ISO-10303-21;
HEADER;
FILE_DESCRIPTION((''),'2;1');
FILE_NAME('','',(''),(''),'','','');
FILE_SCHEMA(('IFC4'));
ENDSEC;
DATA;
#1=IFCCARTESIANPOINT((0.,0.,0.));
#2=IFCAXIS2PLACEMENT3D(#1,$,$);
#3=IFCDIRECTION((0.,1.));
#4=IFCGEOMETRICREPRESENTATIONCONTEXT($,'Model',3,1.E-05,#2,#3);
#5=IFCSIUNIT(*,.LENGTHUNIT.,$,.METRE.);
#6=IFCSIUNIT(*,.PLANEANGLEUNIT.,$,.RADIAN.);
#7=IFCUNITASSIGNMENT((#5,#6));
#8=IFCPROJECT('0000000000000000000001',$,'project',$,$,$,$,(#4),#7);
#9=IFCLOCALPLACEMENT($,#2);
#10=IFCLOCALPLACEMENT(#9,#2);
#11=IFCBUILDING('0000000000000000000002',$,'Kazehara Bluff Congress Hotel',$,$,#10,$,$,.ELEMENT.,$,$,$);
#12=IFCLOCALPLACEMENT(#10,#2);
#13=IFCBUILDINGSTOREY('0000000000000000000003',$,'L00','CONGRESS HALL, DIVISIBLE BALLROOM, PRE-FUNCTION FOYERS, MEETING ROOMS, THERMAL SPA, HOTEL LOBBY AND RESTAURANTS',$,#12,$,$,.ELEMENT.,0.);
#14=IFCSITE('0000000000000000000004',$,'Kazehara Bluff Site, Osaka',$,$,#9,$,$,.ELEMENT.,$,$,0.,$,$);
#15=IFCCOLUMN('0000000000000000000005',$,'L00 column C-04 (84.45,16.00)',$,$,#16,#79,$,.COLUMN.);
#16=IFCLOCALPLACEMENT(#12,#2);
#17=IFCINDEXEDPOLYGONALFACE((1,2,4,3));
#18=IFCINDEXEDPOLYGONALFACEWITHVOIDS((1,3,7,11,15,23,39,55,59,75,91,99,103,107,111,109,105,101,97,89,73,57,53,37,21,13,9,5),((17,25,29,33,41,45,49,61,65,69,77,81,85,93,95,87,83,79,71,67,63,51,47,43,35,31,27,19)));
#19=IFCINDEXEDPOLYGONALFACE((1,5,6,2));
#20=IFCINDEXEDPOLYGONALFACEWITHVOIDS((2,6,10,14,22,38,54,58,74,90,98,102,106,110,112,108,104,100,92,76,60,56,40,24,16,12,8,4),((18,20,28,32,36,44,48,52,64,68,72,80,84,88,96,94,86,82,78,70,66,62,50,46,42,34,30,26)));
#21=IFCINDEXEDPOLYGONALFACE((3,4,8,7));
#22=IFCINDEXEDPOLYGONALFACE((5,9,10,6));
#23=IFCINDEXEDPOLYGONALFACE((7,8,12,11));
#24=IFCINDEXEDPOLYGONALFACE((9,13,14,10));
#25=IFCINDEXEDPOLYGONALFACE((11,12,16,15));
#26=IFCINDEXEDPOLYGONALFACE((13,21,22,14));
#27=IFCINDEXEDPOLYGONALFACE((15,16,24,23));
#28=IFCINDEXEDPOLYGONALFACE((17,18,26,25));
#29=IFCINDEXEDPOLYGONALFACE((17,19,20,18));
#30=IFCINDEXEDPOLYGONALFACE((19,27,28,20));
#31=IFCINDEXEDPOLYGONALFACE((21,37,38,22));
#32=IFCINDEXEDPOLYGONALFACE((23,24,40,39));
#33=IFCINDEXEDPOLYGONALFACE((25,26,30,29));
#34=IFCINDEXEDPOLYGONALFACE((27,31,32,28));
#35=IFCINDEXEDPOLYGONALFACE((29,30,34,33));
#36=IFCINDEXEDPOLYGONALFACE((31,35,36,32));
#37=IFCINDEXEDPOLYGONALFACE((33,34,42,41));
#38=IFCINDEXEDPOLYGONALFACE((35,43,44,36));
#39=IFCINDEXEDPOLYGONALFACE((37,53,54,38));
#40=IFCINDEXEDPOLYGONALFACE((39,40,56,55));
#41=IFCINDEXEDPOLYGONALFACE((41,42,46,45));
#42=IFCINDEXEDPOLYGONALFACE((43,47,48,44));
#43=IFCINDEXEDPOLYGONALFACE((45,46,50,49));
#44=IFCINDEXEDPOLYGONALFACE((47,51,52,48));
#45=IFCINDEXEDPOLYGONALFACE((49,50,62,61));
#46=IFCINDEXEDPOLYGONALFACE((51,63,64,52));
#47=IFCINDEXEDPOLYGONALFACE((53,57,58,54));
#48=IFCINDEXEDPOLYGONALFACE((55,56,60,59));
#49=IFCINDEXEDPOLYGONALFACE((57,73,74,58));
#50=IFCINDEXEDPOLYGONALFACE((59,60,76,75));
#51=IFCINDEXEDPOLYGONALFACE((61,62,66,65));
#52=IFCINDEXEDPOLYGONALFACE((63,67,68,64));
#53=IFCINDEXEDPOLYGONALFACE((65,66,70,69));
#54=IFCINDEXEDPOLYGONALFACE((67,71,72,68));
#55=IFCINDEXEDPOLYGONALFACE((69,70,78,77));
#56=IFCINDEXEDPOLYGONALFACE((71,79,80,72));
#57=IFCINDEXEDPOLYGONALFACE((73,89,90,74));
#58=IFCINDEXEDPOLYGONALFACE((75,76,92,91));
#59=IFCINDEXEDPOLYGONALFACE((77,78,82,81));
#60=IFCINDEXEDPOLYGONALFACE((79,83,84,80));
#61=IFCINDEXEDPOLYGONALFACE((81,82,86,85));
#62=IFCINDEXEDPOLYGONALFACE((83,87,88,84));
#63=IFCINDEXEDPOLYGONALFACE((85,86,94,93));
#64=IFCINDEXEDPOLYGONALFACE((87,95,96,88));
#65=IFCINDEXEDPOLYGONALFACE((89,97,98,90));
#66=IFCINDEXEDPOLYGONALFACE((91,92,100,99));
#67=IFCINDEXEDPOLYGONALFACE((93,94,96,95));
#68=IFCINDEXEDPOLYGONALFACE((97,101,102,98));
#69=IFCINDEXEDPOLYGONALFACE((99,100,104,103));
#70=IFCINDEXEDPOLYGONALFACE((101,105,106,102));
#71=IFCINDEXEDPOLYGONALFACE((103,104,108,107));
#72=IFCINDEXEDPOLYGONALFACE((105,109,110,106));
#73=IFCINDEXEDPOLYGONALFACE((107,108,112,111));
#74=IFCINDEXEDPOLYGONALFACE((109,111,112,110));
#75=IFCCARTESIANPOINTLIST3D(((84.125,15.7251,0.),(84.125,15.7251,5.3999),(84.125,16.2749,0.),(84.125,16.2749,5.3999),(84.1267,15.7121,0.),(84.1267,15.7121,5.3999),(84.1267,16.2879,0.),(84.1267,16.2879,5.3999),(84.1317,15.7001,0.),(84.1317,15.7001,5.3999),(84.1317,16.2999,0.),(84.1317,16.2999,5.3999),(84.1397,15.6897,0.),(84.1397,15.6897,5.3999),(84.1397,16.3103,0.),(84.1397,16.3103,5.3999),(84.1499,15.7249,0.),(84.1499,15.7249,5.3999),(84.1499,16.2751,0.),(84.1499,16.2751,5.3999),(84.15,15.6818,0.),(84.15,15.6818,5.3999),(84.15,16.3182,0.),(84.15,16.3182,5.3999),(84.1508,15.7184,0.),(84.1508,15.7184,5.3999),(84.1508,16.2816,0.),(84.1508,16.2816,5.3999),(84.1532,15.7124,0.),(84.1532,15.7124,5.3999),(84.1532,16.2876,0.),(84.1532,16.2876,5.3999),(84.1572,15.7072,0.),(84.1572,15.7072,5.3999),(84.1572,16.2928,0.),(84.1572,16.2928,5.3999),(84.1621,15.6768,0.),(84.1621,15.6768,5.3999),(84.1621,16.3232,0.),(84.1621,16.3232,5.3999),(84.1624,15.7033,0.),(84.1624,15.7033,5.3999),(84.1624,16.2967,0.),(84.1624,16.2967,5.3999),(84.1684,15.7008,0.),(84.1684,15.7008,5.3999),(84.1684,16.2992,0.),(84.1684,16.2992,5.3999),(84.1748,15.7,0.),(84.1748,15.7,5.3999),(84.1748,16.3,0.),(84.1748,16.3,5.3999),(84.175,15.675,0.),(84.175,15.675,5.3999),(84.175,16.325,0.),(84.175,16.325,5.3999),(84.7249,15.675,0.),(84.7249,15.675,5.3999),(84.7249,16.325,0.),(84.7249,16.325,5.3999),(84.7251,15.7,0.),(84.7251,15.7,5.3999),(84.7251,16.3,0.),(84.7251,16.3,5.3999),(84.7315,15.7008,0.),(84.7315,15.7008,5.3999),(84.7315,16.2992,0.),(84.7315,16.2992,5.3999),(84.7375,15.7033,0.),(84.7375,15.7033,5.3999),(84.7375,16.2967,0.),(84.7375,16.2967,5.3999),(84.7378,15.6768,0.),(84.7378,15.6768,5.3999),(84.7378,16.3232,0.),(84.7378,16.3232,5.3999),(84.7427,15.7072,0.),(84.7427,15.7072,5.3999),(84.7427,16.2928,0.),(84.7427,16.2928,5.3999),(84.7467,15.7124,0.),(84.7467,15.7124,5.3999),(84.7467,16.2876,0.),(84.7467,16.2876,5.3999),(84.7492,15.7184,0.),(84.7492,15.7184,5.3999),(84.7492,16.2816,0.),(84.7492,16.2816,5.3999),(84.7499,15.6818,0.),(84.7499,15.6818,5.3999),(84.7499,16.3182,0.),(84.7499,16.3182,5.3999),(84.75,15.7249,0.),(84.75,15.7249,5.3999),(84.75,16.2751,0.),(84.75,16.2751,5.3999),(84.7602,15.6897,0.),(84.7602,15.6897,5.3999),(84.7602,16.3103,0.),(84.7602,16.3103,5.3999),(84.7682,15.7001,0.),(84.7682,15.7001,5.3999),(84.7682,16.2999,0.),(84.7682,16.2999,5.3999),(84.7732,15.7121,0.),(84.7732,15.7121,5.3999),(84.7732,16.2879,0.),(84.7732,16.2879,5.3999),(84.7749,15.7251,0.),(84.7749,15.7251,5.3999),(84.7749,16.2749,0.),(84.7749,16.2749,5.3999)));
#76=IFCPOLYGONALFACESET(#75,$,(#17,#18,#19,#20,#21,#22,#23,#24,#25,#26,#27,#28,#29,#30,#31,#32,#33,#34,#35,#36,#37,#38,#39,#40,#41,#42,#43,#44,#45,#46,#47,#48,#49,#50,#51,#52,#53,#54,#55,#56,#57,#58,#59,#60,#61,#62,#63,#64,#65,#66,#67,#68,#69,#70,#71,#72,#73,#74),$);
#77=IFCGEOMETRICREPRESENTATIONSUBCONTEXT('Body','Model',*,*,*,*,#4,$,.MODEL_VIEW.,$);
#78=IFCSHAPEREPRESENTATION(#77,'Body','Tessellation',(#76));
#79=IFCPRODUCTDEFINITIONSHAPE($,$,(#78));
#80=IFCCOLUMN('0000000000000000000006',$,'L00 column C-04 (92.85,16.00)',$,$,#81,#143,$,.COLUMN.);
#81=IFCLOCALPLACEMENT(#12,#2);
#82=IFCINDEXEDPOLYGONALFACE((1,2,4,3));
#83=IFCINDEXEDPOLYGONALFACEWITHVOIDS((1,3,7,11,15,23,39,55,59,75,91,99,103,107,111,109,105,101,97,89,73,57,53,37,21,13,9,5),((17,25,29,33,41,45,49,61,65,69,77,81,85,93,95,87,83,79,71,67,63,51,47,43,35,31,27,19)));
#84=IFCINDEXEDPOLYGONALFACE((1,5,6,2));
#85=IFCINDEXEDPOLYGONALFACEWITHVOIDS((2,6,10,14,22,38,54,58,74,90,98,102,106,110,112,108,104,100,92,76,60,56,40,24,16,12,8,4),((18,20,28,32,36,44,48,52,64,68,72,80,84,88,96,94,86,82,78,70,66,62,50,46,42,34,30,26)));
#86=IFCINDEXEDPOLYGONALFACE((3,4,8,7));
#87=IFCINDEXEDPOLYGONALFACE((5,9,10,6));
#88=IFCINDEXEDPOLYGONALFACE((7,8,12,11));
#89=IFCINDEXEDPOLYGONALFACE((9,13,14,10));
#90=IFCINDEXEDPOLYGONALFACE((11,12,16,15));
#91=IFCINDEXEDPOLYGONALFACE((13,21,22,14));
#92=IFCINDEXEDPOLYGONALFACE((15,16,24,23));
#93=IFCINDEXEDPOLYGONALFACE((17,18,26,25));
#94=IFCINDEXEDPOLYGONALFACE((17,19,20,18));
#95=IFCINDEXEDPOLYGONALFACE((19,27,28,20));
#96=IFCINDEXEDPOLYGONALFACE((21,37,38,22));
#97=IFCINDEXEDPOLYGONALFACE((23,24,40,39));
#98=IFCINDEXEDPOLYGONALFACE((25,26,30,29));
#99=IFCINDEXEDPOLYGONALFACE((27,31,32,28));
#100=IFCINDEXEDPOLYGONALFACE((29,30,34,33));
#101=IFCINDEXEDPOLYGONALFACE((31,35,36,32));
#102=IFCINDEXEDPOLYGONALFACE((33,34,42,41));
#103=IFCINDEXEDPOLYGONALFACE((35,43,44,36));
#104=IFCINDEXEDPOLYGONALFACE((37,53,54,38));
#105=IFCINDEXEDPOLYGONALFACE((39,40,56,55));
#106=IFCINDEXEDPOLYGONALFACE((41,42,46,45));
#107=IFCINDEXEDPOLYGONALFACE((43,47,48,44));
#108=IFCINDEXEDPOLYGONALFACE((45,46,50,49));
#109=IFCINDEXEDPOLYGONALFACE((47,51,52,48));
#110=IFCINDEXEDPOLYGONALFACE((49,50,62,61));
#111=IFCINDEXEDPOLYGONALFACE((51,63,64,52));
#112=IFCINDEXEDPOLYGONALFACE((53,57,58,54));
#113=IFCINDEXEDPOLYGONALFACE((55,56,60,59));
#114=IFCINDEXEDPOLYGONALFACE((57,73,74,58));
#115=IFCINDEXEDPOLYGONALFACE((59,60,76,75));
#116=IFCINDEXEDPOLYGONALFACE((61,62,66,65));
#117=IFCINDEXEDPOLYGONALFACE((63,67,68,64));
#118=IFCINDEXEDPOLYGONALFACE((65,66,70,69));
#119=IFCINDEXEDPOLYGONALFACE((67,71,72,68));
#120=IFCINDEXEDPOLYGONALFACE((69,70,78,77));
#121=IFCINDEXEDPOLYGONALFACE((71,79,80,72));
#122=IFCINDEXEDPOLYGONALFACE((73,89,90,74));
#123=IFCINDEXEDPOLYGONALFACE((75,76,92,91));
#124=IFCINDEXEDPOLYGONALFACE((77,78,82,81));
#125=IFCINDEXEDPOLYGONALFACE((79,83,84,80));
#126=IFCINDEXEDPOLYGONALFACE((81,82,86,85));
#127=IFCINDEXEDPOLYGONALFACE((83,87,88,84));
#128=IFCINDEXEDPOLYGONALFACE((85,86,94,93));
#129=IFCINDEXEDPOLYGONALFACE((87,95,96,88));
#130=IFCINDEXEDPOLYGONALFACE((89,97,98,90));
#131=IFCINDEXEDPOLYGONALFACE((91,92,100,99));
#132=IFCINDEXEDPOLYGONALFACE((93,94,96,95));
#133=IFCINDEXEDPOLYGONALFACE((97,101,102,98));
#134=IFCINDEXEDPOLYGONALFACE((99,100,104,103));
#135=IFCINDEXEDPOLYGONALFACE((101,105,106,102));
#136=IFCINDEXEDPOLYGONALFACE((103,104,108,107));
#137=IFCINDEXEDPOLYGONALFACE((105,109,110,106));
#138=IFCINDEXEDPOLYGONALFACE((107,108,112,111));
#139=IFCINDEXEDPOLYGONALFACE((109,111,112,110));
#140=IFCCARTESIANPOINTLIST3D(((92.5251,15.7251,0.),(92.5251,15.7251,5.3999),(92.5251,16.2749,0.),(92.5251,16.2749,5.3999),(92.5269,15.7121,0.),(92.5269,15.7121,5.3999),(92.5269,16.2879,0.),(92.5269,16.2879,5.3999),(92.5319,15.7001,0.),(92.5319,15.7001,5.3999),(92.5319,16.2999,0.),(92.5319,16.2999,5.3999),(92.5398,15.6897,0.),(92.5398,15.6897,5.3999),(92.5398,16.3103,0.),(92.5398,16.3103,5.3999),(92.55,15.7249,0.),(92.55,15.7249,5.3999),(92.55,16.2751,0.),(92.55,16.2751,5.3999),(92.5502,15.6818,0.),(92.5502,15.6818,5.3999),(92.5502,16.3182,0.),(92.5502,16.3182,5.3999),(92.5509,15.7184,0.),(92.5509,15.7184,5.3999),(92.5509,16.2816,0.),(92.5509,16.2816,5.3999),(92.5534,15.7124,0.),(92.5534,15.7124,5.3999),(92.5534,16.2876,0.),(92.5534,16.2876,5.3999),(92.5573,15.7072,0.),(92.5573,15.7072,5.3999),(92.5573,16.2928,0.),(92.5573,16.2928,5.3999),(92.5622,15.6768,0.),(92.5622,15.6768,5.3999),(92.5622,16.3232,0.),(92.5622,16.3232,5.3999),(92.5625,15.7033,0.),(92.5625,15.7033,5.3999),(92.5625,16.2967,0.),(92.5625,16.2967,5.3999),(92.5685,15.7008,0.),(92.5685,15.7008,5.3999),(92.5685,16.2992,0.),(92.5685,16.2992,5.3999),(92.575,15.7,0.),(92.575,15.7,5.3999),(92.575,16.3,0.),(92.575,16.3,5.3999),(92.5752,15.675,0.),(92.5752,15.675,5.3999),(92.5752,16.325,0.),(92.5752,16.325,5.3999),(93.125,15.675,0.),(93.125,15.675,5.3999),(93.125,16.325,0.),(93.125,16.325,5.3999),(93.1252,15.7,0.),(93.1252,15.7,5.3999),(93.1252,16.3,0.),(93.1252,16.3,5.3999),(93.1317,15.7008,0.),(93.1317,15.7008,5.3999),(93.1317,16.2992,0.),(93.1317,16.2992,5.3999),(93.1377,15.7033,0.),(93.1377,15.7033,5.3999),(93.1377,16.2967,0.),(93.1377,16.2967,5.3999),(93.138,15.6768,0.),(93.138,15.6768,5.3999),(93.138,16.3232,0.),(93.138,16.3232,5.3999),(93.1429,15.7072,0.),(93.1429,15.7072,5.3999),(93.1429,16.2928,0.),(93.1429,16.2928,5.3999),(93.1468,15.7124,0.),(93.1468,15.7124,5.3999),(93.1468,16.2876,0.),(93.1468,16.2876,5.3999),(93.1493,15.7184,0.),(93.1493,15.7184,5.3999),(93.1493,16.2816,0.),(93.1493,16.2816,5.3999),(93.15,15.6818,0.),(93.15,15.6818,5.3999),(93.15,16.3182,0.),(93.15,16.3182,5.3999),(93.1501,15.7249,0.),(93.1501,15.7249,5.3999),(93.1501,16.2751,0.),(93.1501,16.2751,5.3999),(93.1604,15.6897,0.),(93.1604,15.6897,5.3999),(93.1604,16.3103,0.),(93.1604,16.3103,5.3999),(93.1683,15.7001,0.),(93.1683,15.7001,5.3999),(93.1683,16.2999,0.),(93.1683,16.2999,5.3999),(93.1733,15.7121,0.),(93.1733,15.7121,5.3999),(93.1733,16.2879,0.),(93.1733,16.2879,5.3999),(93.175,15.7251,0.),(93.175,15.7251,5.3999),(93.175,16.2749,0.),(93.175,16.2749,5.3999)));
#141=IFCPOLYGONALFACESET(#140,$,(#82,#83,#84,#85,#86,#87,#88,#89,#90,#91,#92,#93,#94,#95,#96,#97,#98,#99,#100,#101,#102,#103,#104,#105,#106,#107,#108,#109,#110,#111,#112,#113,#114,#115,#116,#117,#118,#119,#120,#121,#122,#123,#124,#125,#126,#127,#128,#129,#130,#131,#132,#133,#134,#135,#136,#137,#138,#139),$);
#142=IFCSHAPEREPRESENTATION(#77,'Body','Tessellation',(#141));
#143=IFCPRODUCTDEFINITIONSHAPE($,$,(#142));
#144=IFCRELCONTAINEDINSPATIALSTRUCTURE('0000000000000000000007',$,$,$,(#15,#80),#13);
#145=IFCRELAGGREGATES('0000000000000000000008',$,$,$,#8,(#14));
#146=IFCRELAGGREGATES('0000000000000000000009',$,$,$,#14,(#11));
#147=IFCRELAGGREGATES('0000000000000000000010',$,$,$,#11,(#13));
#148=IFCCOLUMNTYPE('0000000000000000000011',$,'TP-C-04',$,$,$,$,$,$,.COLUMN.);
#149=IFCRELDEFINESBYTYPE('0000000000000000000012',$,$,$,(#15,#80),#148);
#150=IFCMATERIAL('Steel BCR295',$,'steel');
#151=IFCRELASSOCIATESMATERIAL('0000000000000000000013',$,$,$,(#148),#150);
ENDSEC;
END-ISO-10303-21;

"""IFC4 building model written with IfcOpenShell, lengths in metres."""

from ifc_helpers import new_model, si_unit, direction, frame, origin, origin_2d, place, context, subcontext, project, spatial, hollow_rectangle, extrude, material, material_profile, profile_set, type_object, element, save


model = new_model("IFC4")

# Units and contexts
model_context = context("Model", 3, precision=1e-05, world=origin(), true_north=direction((0.0, 1.0)))
body_context = subcontext(model_context, "Body", "Model", "MODEL_VIEW")
ifc_project = project(units=[si_unit("LENGTHUNIT", "METRE"), si_unit("PLANEANGLEUNIT", "RADIAN")], contexts=[model_context])

# Site, building, storey
site_placement = place(None, origin())
site = spatial("IfcSite", under=ifc_project, at=site_placement, Name="Kazehara Bluff Site, Osaka", CompositionType="ELEMENT", RefElevation=0.0)
building_placement = place(site_placement, origin())
building = spatial("IfcBuilding", under=site, at=building_placement, Name="Kazehara Bluff Congress Hotel", CompositionType="ELEMENT")
storey_placement = place(building_placement, origin())
storey = spatial("IfcBuildingStorey", under=building, at=storey_placement, Name="L00", Description="CONGRESS HALL, DIVISIBLE BALLROOM, PRE-FUNCTION FOYERS, MEETING ROOMS, THERMAL SPA, HOTEL LOBBY AND RESTAURANTS", CompositionType="ELEMENT", Elevation=0.0)

# Columns
ifc_material_1 = material(Name="Steel BCR295", Category="steel")
ifc_material_profile_1 = material_profile(ifc_material_1, hollow_rectangle(XDim=0.6499, YDim=0.6499, WallThickness=0.0249, InnerFilletRadius=0.0249, OuterFilletRadius=0.05, at=origin_2d()))
ifc_profile_set_1 = profile_set([ifc_material_profile_1], Name="Steel BCR295")
column_type = type_object("IfcColumnType", Name="TP-C-04", PredefinedType="COLUMN", material=ifc_profile_set_1)
for number, where, z_axis, x_axis, name in (
    (1, (84.45, 16.0, 0.0), (0.0, 0.0, 1.0), (1.0, 0.0, 0.0), "L00 column C-04 (84.45,16.00)"),
    (2, (92.8501, 16.0, 0.0), (0.0, 0.0, 1.0), (1.0, 0.0, 0.0), "L00 column C-04 (92.85,16.00)"),
):
    element("IfcColumn", number, at=place(storey_placement, frame(where, z_axis=z_axis, x_axis=x_axis)), inside=storey, type_object=column_type, Name=name, PredefinedType="COLUMN", context=body_context, shape_type="SweptSolid", body=[
        extrude(hollow_rectangle(XDim=0.6499, YDim=0.6499, WallThickness=0.0249, InnerFilletRadius=0.0249, OuterFilletRadius=0.05, at=origin_2d()), origin(), (0.0, 0.0, 1.0), 5.3999),
    ])

save(model, "model.ifc")
